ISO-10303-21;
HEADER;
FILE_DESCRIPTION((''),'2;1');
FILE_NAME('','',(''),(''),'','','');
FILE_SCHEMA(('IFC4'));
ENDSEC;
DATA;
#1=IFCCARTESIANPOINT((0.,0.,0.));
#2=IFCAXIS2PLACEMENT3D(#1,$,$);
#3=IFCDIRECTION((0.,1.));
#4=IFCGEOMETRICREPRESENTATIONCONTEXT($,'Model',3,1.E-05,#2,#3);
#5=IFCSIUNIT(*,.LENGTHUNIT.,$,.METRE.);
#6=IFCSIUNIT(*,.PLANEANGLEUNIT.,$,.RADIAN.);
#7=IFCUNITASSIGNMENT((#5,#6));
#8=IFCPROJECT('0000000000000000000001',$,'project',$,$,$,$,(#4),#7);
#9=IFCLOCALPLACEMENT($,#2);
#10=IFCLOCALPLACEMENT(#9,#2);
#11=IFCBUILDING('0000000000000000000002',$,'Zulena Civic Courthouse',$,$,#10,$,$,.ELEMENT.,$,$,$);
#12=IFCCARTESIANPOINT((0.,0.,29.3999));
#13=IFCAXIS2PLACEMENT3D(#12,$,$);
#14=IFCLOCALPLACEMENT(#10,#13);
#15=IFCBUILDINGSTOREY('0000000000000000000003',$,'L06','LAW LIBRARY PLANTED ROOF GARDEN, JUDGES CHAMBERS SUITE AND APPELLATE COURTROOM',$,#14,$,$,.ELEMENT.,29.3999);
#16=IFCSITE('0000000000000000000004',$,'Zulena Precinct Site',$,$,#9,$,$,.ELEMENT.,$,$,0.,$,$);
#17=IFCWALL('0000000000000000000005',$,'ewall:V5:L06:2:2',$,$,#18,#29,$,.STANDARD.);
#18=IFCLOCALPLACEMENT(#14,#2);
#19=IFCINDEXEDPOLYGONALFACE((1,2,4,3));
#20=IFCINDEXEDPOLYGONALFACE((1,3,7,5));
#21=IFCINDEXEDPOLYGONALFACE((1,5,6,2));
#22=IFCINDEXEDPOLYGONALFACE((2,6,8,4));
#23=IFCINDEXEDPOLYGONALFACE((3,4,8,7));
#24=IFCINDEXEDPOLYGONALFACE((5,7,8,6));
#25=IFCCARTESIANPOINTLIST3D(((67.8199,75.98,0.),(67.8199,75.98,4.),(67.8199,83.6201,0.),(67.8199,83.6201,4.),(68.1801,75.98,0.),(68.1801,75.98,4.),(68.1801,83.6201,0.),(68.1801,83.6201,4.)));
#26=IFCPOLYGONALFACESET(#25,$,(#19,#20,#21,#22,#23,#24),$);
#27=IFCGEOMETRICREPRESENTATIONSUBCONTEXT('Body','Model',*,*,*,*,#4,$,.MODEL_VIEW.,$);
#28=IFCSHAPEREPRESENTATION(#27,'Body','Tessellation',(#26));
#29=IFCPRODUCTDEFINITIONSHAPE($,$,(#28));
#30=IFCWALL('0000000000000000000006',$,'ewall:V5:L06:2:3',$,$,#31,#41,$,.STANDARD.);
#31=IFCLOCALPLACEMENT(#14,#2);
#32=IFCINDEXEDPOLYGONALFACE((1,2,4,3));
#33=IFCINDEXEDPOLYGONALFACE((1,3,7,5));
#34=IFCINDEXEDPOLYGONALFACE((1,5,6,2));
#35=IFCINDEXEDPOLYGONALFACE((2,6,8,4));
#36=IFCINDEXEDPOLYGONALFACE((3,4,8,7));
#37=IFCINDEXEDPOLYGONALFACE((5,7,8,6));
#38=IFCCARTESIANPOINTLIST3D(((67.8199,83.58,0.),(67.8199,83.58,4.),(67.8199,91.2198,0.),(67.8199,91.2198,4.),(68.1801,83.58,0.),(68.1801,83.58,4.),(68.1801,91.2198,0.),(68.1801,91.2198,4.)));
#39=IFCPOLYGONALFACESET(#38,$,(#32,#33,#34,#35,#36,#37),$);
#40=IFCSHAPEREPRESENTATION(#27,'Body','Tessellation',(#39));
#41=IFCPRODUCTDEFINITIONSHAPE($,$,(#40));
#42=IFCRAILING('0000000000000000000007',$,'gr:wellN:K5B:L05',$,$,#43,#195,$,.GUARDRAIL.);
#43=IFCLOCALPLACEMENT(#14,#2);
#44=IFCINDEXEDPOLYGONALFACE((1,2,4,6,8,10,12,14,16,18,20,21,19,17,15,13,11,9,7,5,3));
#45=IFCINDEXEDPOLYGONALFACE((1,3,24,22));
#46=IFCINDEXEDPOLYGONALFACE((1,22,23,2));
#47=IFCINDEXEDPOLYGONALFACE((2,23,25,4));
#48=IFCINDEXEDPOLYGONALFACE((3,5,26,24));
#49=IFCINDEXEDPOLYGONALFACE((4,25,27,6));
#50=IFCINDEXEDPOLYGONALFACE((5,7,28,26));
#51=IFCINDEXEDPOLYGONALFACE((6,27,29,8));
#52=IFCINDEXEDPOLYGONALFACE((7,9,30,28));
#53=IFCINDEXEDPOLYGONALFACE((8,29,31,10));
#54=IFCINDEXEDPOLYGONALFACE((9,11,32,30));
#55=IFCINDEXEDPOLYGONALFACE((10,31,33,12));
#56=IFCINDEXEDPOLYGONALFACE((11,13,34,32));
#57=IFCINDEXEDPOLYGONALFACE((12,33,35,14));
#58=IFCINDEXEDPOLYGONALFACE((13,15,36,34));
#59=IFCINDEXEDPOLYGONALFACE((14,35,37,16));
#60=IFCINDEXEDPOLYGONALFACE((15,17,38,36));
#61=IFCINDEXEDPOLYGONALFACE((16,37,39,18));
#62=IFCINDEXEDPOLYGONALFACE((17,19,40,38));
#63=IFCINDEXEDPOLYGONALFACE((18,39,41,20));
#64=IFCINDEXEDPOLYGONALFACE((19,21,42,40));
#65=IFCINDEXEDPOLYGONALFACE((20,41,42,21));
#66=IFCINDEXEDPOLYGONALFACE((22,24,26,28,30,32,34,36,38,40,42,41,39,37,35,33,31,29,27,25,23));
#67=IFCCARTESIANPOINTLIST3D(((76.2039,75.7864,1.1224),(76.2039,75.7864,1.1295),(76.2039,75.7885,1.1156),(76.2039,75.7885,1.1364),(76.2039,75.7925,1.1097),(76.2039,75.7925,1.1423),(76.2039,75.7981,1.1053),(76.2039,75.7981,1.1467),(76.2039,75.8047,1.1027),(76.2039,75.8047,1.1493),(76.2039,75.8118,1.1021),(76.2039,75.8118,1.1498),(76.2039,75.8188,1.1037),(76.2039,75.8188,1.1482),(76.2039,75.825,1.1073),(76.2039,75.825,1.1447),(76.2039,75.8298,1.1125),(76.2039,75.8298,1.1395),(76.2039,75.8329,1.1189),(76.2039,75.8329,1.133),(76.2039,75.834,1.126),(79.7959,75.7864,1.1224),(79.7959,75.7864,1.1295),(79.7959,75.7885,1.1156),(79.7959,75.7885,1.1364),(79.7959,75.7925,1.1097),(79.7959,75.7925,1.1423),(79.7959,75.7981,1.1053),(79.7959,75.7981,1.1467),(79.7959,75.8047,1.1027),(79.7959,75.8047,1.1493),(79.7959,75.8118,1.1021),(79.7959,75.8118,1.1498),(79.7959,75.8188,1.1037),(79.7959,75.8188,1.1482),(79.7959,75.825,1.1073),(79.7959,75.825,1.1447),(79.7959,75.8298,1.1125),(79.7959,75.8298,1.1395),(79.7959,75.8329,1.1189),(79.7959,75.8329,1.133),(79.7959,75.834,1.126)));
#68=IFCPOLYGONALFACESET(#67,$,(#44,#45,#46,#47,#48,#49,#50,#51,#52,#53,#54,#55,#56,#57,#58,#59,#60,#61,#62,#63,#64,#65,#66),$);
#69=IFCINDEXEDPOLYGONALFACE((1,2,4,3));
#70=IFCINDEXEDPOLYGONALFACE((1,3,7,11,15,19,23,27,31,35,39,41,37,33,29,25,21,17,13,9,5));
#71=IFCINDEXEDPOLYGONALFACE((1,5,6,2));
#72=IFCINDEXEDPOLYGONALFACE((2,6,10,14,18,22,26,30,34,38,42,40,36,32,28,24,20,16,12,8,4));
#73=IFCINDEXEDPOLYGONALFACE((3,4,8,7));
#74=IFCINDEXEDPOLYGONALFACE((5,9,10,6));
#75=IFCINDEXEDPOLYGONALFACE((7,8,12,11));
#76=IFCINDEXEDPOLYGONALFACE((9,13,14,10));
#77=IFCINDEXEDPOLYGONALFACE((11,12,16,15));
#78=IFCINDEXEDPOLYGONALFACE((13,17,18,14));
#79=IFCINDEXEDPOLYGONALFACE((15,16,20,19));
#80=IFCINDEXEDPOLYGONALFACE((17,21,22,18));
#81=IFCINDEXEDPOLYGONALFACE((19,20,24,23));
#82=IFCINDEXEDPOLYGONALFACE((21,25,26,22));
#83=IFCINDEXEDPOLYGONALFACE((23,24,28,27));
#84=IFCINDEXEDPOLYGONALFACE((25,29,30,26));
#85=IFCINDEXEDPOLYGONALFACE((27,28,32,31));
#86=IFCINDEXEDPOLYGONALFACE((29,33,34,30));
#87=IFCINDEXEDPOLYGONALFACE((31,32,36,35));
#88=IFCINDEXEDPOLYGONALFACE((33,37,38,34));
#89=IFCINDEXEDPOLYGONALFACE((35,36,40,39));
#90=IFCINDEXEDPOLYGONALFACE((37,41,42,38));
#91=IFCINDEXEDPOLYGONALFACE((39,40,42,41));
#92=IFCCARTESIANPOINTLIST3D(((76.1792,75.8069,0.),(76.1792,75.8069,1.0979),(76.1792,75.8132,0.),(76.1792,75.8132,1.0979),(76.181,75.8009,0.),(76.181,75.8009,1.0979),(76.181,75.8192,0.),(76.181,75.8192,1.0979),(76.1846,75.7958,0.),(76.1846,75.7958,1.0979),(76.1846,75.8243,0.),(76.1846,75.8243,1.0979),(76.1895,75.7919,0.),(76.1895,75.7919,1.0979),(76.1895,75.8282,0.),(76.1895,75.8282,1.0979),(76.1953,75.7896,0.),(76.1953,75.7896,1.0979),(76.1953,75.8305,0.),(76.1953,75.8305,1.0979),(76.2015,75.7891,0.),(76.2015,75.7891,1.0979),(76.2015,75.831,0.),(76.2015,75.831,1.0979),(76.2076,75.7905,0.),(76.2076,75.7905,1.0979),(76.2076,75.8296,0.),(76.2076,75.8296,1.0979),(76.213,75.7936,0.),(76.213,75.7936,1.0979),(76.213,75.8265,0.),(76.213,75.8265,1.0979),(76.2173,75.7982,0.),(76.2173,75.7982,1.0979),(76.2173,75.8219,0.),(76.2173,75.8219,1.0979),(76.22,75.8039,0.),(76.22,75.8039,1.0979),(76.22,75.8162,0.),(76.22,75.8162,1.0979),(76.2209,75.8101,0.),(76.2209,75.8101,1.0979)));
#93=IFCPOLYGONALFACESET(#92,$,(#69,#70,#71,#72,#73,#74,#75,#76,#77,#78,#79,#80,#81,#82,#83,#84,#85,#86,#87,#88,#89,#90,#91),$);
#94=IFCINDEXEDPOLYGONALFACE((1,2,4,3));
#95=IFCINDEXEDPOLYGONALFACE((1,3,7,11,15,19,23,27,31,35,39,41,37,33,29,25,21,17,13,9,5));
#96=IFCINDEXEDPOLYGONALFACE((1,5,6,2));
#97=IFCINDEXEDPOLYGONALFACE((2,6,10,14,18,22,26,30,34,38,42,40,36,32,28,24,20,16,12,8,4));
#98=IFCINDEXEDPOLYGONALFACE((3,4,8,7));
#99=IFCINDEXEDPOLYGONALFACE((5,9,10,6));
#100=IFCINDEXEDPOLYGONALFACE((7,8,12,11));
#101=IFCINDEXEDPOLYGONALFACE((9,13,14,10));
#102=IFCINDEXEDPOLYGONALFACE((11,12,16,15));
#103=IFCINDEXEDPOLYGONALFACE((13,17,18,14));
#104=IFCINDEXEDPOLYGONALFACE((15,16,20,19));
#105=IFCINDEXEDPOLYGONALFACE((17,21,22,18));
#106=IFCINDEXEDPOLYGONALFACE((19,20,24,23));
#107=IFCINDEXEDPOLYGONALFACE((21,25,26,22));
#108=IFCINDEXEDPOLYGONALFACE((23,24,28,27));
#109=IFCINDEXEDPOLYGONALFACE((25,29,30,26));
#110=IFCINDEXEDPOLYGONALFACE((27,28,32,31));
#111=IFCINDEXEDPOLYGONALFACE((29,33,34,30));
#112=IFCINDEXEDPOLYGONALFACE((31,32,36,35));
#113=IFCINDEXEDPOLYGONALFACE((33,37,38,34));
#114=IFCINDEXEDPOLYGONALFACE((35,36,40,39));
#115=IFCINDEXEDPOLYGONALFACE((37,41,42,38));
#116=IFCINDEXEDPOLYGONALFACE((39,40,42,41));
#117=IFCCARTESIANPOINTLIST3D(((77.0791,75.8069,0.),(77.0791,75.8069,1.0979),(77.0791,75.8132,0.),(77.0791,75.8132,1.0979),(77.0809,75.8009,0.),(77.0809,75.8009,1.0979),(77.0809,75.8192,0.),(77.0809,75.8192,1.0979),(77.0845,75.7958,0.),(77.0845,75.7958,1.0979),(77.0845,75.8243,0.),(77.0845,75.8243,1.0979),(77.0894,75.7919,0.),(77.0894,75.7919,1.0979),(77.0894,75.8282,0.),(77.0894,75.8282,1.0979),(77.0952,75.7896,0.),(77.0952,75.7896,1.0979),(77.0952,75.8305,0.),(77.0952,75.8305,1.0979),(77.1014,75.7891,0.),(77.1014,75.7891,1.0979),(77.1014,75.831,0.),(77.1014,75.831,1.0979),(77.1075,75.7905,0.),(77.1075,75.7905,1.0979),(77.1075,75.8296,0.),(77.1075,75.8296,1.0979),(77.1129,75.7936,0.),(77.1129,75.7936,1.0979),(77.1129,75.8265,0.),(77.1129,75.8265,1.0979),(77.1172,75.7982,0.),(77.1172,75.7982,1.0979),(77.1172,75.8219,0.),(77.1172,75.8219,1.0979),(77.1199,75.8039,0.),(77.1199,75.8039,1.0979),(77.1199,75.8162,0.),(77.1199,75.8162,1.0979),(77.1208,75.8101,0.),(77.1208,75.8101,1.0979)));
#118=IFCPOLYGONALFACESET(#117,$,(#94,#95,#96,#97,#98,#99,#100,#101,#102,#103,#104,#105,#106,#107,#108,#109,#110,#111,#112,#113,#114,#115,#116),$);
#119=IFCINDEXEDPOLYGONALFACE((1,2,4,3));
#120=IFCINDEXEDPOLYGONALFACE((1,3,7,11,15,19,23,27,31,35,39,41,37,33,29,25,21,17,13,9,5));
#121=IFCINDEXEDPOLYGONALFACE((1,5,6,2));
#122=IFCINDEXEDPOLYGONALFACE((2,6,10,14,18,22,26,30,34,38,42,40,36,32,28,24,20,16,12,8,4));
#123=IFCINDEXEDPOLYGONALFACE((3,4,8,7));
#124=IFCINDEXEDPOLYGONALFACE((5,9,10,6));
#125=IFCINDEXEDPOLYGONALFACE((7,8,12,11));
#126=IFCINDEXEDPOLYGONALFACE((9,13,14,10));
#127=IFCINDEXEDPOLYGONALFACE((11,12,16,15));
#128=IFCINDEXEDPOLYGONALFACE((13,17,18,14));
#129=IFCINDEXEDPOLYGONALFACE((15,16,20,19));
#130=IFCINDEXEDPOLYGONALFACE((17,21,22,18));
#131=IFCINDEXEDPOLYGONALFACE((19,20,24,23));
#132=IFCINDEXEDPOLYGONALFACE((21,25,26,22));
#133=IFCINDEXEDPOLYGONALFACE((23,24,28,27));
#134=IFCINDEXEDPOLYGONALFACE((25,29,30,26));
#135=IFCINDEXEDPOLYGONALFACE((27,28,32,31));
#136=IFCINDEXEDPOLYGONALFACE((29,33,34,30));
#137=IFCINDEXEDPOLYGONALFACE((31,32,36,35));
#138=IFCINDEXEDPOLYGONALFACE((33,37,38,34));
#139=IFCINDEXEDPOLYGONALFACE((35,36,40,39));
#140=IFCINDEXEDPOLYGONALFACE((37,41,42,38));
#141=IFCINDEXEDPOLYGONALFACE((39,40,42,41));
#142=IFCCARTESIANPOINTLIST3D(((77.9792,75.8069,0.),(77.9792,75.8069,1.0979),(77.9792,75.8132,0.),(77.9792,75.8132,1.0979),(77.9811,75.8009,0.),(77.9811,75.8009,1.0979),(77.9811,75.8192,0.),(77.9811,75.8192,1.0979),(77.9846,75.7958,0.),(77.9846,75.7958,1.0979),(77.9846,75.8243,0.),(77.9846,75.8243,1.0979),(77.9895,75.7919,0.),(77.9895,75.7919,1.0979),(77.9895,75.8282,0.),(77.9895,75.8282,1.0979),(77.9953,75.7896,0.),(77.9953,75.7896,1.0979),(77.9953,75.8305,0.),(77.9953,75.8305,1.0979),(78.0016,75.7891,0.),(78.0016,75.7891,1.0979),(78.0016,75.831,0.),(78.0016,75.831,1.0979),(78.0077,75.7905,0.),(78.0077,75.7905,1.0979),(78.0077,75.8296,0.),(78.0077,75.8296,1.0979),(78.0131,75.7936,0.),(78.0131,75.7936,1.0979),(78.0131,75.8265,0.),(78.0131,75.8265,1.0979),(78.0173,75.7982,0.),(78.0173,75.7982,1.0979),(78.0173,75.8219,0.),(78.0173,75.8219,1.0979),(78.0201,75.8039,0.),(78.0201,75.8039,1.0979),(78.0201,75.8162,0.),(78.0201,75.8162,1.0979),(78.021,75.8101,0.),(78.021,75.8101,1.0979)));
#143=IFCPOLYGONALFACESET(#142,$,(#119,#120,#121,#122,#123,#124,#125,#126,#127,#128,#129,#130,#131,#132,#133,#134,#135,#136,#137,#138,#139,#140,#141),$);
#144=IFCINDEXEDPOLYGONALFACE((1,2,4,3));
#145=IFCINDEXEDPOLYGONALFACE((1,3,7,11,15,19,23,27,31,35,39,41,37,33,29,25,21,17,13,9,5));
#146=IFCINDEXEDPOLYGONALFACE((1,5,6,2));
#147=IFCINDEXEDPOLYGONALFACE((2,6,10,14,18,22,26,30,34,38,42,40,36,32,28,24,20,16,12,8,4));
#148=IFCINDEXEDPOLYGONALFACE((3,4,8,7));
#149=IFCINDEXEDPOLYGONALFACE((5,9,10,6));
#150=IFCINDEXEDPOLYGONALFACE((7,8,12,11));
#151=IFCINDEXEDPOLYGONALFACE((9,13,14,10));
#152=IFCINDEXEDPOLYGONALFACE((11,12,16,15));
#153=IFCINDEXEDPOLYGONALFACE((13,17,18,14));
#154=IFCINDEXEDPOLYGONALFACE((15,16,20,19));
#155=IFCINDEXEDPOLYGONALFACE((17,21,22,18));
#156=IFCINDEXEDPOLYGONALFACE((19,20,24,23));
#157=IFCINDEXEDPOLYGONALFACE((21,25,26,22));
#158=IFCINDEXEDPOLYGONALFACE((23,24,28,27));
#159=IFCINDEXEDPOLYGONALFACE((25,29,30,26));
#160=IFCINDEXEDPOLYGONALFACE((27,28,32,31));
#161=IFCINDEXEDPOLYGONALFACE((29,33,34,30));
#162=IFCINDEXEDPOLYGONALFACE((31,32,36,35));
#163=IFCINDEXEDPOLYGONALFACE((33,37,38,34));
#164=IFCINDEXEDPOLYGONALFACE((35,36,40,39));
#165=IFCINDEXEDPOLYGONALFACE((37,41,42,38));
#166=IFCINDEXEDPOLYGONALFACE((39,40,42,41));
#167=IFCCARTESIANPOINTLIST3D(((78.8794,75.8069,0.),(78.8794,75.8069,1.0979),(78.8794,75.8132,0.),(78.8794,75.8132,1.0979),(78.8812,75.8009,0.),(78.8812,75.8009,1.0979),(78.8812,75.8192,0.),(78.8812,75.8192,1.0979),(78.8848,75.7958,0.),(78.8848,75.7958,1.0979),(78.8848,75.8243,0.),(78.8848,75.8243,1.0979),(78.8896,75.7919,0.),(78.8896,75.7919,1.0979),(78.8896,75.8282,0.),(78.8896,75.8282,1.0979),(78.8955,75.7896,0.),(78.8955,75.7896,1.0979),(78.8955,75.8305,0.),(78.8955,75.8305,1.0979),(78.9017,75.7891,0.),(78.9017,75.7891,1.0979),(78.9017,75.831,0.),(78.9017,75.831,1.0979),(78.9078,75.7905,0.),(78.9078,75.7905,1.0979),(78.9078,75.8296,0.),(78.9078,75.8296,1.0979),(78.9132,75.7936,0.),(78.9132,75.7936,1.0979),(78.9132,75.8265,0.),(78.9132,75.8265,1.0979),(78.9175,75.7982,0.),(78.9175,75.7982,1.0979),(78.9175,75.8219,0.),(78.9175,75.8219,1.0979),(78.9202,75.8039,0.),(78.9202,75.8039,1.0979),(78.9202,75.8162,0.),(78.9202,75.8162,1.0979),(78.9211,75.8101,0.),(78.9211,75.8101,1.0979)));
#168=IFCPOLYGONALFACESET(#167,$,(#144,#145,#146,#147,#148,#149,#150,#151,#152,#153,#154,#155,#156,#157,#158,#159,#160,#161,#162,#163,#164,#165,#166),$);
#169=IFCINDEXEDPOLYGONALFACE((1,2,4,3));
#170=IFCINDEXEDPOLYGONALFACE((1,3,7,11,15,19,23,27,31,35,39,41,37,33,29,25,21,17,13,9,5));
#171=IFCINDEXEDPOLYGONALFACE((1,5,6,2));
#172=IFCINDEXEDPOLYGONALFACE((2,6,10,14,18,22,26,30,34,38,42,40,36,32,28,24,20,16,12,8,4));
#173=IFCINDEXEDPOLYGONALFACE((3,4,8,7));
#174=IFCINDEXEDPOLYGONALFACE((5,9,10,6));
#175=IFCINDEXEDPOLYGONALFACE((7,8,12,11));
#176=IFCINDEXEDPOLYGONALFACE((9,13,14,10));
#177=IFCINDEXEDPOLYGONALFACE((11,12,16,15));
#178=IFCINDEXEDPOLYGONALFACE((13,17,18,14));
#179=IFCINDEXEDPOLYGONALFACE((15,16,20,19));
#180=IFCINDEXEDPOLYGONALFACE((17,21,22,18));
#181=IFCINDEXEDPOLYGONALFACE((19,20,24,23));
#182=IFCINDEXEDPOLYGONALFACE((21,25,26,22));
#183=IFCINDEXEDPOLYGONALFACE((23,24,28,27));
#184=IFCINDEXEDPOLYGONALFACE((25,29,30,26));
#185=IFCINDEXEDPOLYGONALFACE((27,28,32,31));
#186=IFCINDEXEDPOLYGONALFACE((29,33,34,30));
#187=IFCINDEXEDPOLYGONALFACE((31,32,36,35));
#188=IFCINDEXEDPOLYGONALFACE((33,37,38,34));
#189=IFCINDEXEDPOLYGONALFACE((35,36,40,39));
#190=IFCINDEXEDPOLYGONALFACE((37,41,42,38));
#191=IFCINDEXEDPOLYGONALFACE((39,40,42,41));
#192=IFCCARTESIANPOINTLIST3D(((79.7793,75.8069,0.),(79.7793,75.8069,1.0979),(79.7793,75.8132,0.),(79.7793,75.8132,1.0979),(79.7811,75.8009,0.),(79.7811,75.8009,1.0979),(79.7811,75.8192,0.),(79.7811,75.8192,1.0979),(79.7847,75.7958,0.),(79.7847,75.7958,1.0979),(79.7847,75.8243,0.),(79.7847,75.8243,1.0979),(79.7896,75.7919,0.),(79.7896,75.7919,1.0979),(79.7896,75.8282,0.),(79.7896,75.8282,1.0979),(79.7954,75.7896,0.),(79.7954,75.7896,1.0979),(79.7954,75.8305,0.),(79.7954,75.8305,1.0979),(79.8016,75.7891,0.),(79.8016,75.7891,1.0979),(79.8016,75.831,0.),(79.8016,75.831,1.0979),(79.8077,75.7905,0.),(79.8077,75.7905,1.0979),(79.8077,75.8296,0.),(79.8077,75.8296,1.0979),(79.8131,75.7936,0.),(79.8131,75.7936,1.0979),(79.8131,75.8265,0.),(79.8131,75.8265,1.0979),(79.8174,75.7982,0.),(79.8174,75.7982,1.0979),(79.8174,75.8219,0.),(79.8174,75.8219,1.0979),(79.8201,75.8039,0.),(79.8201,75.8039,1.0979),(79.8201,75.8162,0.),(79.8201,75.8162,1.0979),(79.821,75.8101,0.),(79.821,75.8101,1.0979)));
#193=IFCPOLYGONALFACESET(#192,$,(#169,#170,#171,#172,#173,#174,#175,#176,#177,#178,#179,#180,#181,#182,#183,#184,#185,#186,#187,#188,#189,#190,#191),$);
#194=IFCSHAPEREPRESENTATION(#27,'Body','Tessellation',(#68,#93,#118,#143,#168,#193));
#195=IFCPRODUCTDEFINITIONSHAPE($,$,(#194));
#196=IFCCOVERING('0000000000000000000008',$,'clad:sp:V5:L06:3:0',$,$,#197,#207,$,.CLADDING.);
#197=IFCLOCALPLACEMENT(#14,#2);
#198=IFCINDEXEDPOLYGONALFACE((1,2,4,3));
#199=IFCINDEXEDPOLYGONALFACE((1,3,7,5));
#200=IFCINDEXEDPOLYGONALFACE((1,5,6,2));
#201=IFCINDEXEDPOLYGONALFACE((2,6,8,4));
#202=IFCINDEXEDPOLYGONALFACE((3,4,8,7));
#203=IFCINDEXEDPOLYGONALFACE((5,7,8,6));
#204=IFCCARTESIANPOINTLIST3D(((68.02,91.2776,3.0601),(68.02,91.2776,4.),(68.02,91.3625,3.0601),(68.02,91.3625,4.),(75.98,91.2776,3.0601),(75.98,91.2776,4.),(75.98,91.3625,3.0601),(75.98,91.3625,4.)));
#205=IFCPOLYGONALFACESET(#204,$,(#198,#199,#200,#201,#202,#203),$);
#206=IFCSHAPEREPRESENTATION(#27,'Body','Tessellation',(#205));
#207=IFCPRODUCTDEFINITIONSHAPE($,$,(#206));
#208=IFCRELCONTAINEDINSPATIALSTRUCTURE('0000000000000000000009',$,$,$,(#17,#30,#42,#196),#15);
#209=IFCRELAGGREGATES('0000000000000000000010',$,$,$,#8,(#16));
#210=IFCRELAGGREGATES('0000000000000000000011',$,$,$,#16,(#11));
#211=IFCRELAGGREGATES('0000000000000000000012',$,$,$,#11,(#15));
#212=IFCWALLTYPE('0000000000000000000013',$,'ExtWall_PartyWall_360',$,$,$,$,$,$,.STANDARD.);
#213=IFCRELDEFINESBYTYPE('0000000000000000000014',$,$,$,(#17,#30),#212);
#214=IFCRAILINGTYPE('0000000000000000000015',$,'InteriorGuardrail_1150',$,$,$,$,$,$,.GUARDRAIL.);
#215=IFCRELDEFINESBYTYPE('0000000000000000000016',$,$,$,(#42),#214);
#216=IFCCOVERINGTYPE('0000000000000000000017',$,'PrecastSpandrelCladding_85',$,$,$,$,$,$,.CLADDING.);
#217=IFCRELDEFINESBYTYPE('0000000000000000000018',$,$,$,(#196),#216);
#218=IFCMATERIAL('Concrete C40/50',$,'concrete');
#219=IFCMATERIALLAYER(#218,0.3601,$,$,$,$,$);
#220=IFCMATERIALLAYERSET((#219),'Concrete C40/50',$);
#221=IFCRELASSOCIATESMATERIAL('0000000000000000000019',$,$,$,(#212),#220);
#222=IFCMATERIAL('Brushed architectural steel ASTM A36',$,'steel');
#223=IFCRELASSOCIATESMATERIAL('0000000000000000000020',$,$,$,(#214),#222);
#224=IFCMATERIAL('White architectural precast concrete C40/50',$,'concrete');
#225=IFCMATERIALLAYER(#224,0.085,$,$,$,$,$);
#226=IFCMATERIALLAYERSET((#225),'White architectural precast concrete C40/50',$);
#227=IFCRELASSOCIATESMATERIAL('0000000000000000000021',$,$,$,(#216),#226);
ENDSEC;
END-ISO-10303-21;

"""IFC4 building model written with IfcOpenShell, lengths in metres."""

from ifc_helpers import new_model, si_unit, direction, frame, frame_2d, origin, origin_2d, place, context, subcontext, project, spatial, rectangle, circle, extrude, material, layer, layer_set, type_object, element, save


model = new_model("IFC4")

# Units and contexts
model_context = context("Model", 3, precision=1e-05, world=origin(), true_north=direction((0.0, 1.0)))
body_context = subcontext(model_context, "Body", "Model", "MODEL_VIEW")
ifc_project = project(units=[si_unit("LENGTHUNIT", "METRE"), si_unit("PLANEANGLEUNIT", "RADIAN")], contexts=[model_context])

# Site, building, storey
site_placement = place(None, origin())
site = spatial("IfcSite", under=ifc_project, at=site_placement, Name="Zulena Precinct Site", CompositionType="ELEMENT", RefElevation=0.0)
building_placement = place(site_placement, origin())
building = spatial("IfcBuilding", under=site, at=building_placement, Name="Zulena Civic Courthouse", CompositionType="ELEMENT")
storey_placement = place(building_placement, frame((0.0, 0.0, 29.3999)))
storey = spatial("IfcBuildingStorey", under=building, at=storey_placement, Name="L06", Description="LAW LIBRARY PLANTED ROOF GARDEN, JUDGES CHAMBERS SUITE AND APPELLATE COURTROOM", CompositionType="ELEMENT", Elevation=29.3999)

# Shared definitions
ifc_material_1 = material(Name="Concrete C40/50", Category="concrete")

# Walls
ifc_layer_1 = layer(ifc_material_1, 0.3601)
ifc_layer_set_1 = layer_set([ifc_layer_1], Name="Concrete C40/50")
wall_type_1 = type_object("IfcWallType", Name="ExtWall_PartyWall_360", PredefinedType="STANDARD", material=ifc_layer_set_1)
wall_1_placement = place(storey_placement, frame((68.0, 75.98, 0.0), z_axis=(0.0, 0.0, 1.0), x_axis=(0.0, 1.0, 0.0)))
element("IfcWall", 1, at=wall_1_placement, inside=storey, type_object=wall_type_1, Name="ewall:V5:L06:2:2", PredefinedType="STANDARD", context=body_context, shape_type="SweptSolid", body=[
    extrude(rectangle(XDim=7.6401, YDim=0.3601, at=frame_2d((3.8201, 0.0))), origin(), (0.0, 0.0, 1.0), 4.0),
])
wall_2_placement = place(storey_placement, frame((68.0, 83.5801, 0.0), z_axis=(0.0, 0.0, 1.0), x_axis=(0.0, 1.0, 0.0)))
element("IfcWall", 2, at=wall_2_placement, inside=storey, type_object=wall_type_1, Name="ewall:V5:L06:2:3", PredefinedType="STANDARD", context=body_context, shape_type="SweptSolid", body=[
    extrude(rectangle(XDim=7.6399, YDim=0.3601, at=frame_2d((3.8198, 0.0))), origin(), (0.0, 0.0, 1.0), 4.0),
])

# Railing
ifc_material_2 = material(Name="Brushed architectural steel ASTM A36", Category="steel")
railing_type = type_object("IfcRailingType", Name="InteriorGuardrail_1150", PredefinedType="GUARDRAIL", material=ifc_material_2)
railing_placement = place(storey_placement, frame((76.2, 75.8101, 0.0)))
element("IfcRailing", 3, at=railing_placement, inside=storey, type_object=railing_type, Name="gr:wellN:K5B:L05", PredefinedType="GUARDRAIL", context=body_context, shape_type="SweptSolid", body=[
    extrude(circle(Radius=0.0239, at=origin_2d()), frame((0.0039, 0.0, 1.126), z_axis=(1.0, 0.0, 0.0), x_axis=(0.0, 1.0, 0.0)), (0.0, 0.0, 1.0), 3.592),
    extrude(circle(Radius=0.021, at=origin_2d()), origin(), (0.0, 0.0, 1.0), 1.0979),
    extrude(circle(Radius=0.021, at=origin_2d()), frame((0.8999, 0.0, 0.0)), (0.0, 0.0, 1.0), 1.0979),
    extrude(circle(Radius=0.021, at=origin_2d()), frame((1.8, 0.0, 0.0)), (0.0, 0.0, 1.0), 1.0979),
    extrude(circle(Radius=0.021, at=origin_2d()), frame((2.7002, 0.0, 0.0)), (0.0, 0.0, 1.0), 1.0979),
    extrude(circle(Radius=0.021, at=origin_2d()), frame((3.6001, 0.0, 0.0)), (0.0, 0.0, 1.0), 1.0979),
])

# Covering
ifc_material_3 = material(Name="White architectural precast concrete C40/50", Category="concrete")
ifc_layer_2 = layer(ifc_material_3, 0.085)
ifc_layer_set_2 = layer_set([ifc_layer_2], Name="White architectural precast concrete C40/50")
covering_type = type_object("IfcCoveringType", Name="PrecastSpandrelCladding_85", PredefinedType="CLADDING", material=ifc_layer_set_2)
for number, where, z_axis, x_axis, name in (
    (4, (72.0, 91.3201, 3.0601), (0.0, 0.0, 1.0), (1.0, 0.0, 0.0), "clad:sp:V5:L06:3:0"),
):
    element("IfcCovering", number, at=place(storey_placement, frame(where, z_axis=z_axis, x_axis=x_axis)), inside=storey, type_object=covering_type, Name=name, PredefinedType="CLADDING", context=body_context, shape_type="SweptSolid", body=[
        extrude(rectangle(XDim=7.96, YDim=0.085, at=origin_2d()), origin(), (0.0, 0.0, 1.0), 0.9399),
    ])

save(model, "model.ifc")
